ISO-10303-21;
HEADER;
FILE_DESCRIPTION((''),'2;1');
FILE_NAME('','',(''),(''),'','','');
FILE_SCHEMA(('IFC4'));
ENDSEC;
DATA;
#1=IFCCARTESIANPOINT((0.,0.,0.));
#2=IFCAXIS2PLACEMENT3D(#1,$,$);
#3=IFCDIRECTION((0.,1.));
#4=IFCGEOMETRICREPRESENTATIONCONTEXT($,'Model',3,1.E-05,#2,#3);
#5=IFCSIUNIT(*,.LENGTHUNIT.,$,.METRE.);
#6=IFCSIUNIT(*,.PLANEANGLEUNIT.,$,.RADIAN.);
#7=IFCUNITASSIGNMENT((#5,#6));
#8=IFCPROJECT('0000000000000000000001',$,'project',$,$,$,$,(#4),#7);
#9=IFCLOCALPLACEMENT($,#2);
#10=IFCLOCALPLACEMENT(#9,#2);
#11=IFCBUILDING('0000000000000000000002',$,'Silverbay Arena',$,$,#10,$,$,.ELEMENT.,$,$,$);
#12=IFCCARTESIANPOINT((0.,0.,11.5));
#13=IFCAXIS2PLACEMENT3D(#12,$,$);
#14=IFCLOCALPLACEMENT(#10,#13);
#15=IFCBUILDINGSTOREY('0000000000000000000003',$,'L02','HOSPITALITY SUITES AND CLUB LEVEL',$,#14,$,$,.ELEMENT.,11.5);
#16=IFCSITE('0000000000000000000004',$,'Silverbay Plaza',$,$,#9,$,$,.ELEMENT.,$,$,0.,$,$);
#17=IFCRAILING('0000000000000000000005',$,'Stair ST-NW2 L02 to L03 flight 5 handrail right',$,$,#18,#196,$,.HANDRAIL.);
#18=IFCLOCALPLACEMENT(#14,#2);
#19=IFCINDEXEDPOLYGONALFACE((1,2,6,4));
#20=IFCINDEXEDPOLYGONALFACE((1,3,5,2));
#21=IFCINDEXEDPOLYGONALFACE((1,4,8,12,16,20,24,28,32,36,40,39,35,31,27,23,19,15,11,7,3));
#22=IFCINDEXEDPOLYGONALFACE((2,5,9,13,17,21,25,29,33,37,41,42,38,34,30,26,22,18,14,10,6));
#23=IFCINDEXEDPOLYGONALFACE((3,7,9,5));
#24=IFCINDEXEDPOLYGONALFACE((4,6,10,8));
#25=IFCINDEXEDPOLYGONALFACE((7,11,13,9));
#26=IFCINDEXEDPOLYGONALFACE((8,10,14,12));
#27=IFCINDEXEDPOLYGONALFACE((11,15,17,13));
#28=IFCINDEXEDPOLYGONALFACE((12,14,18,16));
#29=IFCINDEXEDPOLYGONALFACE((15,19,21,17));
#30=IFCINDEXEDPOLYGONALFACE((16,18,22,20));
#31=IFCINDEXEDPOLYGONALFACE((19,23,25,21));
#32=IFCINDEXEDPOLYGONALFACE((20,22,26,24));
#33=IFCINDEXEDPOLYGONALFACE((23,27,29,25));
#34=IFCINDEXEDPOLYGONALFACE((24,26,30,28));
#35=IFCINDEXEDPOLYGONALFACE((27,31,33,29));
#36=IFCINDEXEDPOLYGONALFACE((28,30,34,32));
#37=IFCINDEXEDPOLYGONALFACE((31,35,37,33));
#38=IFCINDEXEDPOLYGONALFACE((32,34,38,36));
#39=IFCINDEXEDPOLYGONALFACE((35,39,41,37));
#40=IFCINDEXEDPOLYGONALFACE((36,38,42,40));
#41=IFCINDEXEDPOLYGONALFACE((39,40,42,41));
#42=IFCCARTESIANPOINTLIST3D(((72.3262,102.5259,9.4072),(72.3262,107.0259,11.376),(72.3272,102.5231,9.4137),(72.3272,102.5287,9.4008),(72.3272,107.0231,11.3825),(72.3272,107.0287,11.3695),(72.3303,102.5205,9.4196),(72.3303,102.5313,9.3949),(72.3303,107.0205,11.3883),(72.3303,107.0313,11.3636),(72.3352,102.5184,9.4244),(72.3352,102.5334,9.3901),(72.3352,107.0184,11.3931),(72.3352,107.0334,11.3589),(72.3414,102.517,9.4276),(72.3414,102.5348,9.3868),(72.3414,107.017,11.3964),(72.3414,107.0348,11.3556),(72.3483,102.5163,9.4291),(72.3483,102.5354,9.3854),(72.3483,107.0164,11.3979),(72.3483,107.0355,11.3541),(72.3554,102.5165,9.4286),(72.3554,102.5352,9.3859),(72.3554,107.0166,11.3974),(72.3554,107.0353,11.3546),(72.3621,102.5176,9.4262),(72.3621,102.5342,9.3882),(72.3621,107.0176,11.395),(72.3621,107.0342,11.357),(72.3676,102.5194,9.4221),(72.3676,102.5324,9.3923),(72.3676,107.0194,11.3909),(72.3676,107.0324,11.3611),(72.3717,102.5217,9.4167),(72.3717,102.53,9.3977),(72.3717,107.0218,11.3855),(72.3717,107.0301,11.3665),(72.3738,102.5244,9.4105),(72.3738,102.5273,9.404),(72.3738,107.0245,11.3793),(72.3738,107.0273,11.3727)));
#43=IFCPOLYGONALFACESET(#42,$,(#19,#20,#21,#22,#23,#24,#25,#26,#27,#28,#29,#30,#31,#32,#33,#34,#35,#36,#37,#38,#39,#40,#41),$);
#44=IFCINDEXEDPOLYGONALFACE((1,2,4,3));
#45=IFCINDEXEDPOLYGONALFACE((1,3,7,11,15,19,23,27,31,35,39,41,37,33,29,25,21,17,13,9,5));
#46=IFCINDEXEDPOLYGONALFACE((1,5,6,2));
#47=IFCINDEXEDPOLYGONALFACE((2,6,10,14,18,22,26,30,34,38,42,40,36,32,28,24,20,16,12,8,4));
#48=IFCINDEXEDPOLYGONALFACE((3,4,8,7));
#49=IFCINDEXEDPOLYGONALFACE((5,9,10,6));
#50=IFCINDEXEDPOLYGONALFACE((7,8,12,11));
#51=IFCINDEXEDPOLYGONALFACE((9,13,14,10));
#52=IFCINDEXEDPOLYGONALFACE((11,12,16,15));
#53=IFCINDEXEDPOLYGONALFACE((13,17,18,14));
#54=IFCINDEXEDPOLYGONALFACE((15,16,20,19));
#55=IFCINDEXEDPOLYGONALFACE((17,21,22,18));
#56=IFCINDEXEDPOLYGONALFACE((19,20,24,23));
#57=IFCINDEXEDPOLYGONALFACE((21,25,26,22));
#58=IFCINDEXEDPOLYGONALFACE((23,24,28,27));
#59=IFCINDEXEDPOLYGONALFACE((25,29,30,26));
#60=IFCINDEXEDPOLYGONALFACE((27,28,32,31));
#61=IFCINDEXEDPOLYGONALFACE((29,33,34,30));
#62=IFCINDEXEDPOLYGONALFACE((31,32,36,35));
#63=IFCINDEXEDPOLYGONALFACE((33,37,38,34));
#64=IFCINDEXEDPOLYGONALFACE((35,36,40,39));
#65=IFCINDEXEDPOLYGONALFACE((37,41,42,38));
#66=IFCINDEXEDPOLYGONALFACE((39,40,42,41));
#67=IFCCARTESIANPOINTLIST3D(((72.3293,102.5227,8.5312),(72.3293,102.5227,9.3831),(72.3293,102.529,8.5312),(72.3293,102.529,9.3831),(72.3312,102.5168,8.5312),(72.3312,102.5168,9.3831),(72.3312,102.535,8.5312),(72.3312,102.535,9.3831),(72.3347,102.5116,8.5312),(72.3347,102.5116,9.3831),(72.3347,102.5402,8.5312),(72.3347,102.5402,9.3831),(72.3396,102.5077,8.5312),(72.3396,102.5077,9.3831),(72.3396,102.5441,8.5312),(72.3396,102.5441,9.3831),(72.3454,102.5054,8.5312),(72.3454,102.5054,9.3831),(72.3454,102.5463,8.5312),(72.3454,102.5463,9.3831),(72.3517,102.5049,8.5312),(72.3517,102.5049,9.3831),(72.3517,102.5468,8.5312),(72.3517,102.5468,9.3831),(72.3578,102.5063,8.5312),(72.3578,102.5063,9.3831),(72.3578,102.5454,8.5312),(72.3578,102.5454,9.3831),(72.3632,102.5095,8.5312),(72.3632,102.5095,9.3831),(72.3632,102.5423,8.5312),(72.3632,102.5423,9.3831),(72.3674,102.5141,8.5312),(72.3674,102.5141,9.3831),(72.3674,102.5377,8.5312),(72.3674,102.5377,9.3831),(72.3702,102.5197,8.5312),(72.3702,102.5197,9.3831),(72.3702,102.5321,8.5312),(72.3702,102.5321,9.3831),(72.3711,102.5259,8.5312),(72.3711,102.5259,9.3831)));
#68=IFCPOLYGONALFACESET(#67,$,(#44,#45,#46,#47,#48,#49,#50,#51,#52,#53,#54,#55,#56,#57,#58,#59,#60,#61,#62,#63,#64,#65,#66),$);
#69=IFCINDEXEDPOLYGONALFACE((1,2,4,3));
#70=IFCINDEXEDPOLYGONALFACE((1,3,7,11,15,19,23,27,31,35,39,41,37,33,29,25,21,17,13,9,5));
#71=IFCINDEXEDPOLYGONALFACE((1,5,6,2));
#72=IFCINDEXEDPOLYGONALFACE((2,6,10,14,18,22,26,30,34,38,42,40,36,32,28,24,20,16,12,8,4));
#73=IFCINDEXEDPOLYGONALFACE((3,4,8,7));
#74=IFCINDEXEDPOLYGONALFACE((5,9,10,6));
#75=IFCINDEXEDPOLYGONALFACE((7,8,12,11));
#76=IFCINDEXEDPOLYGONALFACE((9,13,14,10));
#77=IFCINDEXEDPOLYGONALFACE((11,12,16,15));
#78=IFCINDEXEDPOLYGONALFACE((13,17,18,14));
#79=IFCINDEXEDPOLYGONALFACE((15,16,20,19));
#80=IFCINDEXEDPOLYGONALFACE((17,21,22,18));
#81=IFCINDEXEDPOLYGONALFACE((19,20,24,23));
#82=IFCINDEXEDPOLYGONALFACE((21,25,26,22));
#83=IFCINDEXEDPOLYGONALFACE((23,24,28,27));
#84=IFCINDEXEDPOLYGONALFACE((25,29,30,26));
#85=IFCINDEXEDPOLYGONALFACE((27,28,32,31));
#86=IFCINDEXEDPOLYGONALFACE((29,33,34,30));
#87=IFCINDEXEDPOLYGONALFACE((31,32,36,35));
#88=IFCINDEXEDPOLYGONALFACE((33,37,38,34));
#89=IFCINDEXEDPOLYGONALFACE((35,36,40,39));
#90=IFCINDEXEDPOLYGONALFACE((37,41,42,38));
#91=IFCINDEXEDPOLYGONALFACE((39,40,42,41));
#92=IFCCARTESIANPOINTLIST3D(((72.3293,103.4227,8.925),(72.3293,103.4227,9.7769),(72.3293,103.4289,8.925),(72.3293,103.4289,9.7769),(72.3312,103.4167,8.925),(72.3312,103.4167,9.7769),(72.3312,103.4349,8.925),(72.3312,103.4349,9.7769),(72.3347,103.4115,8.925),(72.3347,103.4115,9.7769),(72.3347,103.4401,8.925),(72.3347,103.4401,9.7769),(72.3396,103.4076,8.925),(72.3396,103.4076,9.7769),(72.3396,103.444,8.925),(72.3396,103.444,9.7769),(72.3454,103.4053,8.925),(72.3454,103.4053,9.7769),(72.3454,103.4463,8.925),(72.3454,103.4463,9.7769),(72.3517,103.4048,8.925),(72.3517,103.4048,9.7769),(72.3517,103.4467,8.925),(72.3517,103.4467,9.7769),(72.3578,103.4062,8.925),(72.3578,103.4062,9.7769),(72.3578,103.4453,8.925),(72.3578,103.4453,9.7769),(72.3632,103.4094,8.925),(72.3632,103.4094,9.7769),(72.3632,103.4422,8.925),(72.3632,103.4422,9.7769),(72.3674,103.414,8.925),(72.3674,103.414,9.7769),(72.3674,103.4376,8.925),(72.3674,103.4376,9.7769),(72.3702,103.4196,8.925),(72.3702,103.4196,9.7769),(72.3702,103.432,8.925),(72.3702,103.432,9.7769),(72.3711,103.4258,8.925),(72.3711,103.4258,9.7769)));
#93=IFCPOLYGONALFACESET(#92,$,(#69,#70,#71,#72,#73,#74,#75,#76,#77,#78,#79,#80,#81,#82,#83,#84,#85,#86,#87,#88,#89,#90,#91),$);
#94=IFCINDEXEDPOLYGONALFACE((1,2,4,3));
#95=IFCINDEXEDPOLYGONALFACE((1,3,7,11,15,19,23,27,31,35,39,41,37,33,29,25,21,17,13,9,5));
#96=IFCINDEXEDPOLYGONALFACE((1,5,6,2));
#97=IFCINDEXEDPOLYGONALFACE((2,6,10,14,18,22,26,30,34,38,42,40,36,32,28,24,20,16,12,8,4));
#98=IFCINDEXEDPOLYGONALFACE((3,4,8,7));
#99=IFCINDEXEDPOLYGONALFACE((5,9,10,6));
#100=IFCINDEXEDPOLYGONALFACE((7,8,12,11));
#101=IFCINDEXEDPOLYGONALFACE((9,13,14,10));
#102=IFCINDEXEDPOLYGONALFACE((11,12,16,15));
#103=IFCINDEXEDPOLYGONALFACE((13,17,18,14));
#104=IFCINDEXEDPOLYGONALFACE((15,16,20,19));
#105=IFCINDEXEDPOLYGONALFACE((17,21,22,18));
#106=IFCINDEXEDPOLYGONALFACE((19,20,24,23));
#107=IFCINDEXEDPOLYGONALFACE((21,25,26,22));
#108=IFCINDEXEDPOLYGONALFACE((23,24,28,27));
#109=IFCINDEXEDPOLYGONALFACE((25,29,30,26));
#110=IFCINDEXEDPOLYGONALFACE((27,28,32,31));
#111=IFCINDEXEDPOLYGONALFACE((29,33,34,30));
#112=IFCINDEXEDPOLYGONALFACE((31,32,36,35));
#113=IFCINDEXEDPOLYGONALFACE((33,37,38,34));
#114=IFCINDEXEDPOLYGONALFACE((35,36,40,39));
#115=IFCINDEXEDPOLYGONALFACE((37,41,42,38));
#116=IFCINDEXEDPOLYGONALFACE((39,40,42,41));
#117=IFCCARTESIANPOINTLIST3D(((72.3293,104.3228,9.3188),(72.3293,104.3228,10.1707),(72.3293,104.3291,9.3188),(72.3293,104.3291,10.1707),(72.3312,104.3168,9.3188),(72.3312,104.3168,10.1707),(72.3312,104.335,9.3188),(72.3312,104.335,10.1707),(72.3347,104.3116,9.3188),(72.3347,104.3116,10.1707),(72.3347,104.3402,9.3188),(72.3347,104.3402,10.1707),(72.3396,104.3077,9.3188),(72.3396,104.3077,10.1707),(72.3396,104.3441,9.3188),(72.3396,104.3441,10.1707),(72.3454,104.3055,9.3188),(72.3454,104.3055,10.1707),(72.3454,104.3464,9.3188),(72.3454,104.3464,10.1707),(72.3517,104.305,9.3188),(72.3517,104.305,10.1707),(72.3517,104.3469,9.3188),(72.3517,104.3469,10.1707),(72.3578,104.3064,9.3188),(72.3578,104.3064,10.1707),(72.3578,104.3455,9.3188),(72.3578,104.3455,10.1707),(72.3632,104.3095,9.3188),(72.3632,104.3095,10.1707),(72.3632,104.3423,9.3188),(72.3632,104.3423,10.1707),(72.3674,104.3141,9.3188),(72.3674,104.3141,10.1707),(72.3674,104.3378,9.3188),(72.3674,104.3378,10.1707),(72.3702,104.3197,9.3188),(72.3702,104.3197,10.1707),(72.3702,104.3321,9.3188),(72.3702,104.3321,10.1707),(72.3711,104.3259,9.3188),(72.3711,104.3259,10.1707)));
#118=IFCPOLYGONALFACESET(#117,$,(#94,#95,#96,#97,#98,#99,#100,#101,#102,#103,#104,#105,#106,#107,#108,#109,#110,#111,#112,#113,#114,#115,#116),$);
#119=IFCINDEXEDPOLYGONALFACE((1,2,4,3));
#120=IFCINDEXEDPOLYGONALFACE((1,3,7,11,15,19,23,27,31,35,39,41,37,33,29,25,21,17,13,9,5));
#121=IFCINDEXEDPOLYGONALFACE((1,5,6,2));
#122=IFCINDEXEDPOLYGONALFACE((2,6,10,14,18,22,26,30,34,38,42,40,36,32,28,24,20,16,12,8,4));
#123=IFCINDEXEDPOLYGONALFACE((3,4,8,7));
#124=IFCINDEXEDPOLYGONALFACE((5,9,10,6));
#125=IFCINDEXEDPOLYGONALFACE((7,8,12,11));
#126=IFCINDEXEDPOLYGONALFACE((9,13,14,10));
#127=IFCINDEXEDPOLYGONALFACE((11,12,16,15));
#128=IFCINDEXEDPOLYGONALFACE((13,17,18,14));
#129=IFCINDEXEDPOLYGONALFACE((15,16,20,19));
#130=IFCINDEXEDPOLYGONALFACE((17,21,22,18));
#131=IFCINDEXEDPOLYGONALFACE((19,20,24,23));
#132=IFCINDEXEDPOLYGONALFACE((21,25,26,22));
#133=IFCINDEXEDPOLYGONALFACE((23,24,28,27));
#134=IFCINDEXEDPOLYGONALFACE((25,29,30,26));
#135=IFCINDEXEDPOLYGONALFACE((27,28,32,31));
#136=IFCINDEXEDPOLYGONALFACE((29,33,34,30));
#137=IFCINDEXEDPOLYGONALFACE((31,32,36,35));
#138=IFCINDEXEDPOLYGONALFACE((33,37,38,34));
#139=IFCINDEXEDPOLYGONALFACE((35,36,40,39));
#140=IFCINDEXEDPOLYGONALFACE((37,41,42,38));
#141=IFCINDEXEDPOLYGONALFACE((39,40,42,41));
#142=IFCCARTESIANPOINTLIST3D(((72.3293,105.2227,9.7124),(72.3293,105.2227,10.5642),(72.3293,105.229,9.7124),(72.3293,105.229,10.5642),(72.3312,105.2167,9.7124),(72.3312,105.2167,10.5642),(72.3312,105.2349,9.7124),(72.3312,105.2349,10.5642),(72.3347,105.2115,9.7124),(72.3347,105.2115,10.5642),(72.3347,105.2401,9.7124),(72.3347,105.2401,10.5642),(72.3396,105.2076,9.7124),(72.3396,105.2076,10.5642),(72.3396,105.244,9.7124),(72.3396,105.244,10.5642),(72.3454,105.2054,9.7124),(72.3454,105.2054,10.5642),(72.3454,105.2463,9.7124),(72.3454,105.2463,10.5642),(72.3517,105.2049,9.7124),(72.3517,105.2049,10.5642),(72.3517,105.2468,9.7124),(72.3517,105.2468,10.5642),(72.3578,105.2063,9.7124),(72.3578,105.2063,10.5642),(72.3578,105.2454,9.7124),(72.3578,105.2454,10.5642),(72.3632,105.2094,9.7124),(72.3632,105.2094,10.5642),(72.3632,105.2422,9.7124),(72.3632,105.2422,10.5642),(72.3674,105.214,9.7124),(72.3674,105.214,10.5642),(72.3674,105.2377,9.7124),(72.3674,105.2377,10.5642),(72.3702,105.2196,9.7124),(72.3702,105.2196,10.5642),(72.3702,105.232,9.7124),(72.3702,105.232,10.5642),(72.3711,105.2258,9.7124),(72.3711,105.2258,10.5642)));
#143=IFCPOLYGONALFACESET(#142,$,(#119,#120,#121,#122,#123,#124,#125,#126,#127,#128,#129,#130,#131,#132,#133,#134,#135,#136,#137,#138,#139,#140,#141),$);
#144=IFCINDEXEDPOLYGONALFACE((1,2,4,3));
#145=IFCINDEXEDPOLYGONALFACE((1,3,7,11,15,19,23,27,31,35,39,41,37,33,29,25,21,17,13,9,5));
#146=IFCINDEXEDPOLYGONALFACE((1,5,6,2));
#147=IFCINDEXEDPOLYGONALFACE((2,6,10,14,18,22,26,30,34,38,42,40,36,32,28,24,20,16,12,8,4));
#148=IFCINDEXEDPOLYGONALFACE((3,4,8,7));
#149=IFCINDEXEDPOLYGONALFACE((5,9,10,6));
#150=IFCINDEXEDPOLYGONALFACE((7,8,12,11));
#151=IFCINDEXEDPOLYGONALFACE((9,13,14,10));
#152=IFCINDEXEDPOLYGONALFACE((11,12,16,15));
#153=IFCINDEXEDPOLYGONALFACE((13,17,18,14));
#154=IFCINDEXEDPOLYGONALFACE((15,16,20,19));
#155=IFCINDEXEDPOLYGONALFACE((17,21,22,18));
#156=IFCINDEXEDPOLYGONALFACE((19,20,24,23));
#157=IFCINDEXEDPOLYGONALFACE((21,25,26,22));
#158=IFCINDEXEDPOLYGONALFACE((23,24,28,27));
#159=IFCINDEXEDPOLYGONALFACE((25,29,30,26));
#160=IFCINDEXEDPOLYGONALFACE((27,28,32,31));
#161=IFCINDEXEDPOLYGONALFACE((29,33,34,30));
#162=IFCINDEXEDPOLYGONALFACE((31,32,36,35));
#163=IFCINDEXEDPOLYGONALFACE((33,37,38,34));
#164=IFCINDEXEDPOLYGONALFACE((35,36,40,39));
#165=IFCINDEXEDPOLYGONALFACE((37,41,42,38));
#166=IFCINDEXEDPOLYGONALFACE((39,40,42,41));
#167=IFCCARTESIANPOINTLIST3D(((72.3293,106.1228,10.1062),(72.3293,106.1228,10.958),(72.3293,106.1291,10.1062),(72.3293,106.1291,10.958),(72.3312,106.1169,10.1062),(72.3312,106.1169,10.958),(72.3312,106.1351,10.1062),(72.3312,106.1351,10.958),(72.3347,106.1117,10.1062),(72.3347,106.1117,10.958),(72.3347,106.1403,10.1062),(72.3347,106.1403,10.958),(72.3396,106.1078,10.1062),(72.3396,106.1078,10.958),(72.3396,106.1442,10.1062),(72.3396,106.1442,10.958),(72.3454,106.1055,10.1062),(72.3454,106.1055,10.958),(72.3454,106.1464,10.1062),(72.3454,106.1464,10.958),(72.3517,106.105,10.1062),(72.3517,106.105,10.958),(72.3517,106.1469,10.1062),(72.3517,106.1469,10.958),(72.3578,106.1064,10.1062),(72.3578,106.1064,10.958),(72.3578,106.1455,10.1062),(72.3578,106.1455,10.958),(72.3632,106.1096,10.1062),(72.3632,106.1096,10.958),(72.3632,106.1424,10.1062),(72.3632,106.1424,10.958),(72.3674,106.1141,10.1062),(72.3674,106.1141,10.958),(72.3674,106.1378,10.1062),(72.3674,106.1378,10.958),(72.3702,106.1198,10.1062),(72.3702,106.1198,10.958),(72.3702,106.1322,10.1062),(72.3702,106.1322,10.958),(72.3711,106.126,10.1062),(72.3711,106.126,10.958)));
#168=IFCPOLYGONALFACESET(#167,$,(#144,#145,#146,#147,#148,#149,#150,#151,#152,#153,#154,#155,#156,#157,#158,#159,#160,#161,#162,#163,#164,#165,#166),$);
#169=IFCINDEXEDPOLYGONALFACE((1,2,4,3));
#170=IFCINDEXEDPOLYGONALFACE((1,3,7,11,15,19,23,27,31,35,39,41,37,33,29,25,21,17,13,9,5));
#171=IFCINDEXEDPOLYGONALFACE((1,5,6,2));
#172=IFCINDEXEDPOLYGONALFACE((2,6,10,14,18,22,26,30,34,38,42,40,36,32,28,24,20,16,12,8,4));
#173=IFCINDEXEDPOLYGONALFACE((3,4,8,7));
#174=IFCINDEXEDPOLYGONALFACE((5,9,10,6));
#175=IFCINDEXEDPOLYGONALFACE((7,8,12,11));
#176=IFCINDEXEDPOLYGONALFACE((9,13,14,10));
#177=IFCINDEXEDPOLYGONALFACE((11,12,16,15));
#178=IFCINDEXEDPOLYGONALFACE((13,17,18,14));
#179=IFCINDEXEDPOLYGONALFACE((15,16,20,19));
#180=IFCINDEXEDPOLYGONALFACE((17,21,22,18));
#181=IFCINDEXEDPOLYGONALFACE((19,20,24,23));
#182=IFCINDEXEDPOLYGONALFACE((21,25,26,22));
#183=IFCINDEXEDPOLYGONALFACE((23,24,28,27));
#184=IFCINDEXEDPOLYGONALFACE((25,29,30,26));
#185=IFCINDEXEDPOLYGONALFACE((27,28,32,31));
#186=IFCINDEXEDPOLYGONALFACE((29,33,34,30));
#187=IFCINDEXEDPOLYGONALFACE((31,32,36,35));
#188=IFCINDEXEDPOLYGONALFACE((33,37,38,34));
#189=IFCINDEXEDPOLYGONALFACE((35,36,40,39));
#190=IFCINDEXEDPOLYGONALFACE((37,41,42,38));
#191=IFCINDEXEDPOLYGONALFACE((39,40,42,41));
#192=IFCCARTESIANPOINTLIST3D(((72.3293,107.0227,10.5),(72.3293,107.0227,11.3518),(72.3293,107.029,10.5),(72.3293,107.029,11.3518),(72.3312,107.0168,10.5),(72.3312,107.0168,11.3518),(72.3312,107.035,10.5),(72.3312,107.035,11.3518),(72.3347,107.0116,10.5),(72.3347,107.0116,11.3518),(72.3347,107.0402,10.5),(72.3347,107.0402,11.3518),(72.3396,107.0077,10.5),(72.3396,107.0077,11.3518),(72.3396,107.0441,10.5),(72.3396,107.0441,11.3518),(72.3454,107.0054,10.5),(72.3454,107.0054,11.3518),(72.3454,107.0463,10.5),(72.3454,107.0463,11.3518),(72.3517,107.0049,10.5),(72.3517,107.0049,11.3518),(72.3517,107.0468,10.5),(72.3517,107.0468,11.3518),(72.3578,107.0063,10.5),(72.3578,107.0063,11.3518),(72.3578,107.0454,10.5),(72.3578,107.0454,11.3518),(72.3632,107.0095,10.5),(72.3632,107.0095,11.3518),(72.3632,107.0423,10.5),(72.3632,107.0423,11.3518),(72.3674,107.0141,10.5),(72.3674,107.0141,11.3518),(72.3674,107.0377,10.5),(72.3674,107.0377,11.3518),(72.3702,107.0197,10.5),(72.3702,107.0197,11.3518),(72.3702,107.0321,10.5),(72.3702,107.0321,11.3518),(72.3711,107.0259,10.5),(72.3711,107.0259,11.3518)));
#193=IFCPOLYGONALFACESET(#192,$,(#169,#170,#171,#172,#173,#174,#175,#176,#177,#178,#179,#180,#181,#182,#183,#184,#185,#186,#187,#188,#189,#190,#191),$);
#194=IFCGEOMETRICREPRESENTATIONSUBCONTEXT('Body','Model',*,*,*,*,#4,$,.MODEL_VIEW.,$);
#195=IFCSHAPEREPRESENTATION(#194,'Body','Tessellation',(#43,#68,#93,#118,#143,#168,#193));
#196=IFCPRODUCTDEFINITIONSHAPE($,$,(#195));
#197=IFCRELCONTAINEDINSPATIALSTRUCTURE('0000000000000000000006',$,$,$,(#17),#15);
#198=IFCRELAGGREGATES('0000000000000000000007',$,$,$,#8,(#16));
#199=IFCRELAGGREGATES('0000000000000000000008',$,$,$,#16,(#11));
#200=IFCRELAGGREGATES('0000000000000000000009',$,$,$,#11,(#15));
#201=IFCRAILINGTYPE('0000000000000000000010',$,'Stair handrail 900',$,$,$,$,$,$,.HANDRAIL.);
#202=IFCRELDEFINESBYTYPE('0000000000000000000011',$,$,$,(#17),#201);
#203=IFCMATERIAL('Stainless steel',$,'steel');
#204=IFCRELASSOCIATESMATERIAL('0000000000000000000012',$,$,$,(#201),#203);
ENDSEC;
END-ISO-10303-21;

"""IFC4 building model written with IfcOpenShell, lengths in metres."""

from ifc_helpers import new_model, si_unit, direction, frame, origin, origin_2d, place, context, subcontext, project, spatial, circle, extrude, material, type_object, element, save


model = new_model("IFC4")

# Units and contexts
model_context = context("Model", 3, precision=1e-05, world=origin(), true_north=direction((0.0, 1.0)))
body_context = subcontext(model_context, "Body", "Model", "MODEL_VIEW")
ifc_project = project(units=[si_unit("LENGTHUNIT", "METRE"), si_unit("PLANEANGLEUNIT", "RADIAN")], contexts=[model_context])

# Site, building, storey
site_placement = place(None, origin())
site = spatial("IfcSite", under=ifc_project, at=site_placement, Name="Silverbay Plaza", CompositionType="ELEMENT", RefElevation=0.0)
building_placement = place(site_placement, origin())
building = spatial("IfcBuilding", under=site, at=building_placement, Name="Silverbay Arena", CompositionType="ELEMENT")
storey_placement = place(building_placement, frame((0.0, 0.0, 11.5)))
storey = spatial("IfcBuildingStorey", under=building, at=storey_placement, Name="L02", Description="HOSPITALITY SUITES AND CLUB LEVEL", CompositionType="ELEMENT", Elevation=11.5)

# Railing
ifc_material_1 = material(Name="Stainless steel", Category="steel")
railing_type_1 = type_object("IfcRailingType", Name="Stair handrail 900", PredefinedType="HANDRAIL", material=ifc_material_1)
for number, where, name in (
    (1, (72.3501, 102.5259, 8.5312), "Stair ST-NW2 L02 to L03 flight 5 handrail right"),
):
    element("IfcRailing", number, at=place(storey_placement, frame(where)), inside=storey, type_object=railing_type_1, Name=name, PredefinedType="HANDRAIL", context=body_context, shape_type="SweptSolid", body=[
        extrude(circle(Radius=0.0239, at=origin_2d()), frame((0.0, 0.0, 0.876), z_axis=(0.0, 0.916157, 0.400819), x_axis=(-1.0, 0.0, 0.0)), (0.0, 0.0, 1.0), 4.9119),
        extrude(circle(Radius=0.021, at=origin_2d()), origin(), (0.0, 0.0, 1.0), 0.8518),
        extrude(circle(Radius=0.021, at=origin_2d()), frame((0.0, 0.8999, 0.3938)), (0.0, 0.0, 1.0), 0.8518),
        extrude(circle(Radius=0.021, at=origin_2d()), frame((0.0, 1.8, 0.7876)), (0.0, 0.0, 1.0), 0.8518),
        extrude(circle(Radius=0.021, at=origin_2d()), frame((0.0, 2.7, 1.1812)), (0.0, 0.0, 1.0), 0.8518),
        extrude(circle(Radius=0.021, at=origin_2d()), frame((0.0, 3.6001, 1.575)), (0.0, 0.0, 1.0), 0.8518),
        extrude(circle(Radius=0.021, at=origin_2d()), frame((0.0, 4.5, 1.9688)), (0.0, 0.0, 1.0), 0.8518),
    ])

save(model, "model.ifc")
